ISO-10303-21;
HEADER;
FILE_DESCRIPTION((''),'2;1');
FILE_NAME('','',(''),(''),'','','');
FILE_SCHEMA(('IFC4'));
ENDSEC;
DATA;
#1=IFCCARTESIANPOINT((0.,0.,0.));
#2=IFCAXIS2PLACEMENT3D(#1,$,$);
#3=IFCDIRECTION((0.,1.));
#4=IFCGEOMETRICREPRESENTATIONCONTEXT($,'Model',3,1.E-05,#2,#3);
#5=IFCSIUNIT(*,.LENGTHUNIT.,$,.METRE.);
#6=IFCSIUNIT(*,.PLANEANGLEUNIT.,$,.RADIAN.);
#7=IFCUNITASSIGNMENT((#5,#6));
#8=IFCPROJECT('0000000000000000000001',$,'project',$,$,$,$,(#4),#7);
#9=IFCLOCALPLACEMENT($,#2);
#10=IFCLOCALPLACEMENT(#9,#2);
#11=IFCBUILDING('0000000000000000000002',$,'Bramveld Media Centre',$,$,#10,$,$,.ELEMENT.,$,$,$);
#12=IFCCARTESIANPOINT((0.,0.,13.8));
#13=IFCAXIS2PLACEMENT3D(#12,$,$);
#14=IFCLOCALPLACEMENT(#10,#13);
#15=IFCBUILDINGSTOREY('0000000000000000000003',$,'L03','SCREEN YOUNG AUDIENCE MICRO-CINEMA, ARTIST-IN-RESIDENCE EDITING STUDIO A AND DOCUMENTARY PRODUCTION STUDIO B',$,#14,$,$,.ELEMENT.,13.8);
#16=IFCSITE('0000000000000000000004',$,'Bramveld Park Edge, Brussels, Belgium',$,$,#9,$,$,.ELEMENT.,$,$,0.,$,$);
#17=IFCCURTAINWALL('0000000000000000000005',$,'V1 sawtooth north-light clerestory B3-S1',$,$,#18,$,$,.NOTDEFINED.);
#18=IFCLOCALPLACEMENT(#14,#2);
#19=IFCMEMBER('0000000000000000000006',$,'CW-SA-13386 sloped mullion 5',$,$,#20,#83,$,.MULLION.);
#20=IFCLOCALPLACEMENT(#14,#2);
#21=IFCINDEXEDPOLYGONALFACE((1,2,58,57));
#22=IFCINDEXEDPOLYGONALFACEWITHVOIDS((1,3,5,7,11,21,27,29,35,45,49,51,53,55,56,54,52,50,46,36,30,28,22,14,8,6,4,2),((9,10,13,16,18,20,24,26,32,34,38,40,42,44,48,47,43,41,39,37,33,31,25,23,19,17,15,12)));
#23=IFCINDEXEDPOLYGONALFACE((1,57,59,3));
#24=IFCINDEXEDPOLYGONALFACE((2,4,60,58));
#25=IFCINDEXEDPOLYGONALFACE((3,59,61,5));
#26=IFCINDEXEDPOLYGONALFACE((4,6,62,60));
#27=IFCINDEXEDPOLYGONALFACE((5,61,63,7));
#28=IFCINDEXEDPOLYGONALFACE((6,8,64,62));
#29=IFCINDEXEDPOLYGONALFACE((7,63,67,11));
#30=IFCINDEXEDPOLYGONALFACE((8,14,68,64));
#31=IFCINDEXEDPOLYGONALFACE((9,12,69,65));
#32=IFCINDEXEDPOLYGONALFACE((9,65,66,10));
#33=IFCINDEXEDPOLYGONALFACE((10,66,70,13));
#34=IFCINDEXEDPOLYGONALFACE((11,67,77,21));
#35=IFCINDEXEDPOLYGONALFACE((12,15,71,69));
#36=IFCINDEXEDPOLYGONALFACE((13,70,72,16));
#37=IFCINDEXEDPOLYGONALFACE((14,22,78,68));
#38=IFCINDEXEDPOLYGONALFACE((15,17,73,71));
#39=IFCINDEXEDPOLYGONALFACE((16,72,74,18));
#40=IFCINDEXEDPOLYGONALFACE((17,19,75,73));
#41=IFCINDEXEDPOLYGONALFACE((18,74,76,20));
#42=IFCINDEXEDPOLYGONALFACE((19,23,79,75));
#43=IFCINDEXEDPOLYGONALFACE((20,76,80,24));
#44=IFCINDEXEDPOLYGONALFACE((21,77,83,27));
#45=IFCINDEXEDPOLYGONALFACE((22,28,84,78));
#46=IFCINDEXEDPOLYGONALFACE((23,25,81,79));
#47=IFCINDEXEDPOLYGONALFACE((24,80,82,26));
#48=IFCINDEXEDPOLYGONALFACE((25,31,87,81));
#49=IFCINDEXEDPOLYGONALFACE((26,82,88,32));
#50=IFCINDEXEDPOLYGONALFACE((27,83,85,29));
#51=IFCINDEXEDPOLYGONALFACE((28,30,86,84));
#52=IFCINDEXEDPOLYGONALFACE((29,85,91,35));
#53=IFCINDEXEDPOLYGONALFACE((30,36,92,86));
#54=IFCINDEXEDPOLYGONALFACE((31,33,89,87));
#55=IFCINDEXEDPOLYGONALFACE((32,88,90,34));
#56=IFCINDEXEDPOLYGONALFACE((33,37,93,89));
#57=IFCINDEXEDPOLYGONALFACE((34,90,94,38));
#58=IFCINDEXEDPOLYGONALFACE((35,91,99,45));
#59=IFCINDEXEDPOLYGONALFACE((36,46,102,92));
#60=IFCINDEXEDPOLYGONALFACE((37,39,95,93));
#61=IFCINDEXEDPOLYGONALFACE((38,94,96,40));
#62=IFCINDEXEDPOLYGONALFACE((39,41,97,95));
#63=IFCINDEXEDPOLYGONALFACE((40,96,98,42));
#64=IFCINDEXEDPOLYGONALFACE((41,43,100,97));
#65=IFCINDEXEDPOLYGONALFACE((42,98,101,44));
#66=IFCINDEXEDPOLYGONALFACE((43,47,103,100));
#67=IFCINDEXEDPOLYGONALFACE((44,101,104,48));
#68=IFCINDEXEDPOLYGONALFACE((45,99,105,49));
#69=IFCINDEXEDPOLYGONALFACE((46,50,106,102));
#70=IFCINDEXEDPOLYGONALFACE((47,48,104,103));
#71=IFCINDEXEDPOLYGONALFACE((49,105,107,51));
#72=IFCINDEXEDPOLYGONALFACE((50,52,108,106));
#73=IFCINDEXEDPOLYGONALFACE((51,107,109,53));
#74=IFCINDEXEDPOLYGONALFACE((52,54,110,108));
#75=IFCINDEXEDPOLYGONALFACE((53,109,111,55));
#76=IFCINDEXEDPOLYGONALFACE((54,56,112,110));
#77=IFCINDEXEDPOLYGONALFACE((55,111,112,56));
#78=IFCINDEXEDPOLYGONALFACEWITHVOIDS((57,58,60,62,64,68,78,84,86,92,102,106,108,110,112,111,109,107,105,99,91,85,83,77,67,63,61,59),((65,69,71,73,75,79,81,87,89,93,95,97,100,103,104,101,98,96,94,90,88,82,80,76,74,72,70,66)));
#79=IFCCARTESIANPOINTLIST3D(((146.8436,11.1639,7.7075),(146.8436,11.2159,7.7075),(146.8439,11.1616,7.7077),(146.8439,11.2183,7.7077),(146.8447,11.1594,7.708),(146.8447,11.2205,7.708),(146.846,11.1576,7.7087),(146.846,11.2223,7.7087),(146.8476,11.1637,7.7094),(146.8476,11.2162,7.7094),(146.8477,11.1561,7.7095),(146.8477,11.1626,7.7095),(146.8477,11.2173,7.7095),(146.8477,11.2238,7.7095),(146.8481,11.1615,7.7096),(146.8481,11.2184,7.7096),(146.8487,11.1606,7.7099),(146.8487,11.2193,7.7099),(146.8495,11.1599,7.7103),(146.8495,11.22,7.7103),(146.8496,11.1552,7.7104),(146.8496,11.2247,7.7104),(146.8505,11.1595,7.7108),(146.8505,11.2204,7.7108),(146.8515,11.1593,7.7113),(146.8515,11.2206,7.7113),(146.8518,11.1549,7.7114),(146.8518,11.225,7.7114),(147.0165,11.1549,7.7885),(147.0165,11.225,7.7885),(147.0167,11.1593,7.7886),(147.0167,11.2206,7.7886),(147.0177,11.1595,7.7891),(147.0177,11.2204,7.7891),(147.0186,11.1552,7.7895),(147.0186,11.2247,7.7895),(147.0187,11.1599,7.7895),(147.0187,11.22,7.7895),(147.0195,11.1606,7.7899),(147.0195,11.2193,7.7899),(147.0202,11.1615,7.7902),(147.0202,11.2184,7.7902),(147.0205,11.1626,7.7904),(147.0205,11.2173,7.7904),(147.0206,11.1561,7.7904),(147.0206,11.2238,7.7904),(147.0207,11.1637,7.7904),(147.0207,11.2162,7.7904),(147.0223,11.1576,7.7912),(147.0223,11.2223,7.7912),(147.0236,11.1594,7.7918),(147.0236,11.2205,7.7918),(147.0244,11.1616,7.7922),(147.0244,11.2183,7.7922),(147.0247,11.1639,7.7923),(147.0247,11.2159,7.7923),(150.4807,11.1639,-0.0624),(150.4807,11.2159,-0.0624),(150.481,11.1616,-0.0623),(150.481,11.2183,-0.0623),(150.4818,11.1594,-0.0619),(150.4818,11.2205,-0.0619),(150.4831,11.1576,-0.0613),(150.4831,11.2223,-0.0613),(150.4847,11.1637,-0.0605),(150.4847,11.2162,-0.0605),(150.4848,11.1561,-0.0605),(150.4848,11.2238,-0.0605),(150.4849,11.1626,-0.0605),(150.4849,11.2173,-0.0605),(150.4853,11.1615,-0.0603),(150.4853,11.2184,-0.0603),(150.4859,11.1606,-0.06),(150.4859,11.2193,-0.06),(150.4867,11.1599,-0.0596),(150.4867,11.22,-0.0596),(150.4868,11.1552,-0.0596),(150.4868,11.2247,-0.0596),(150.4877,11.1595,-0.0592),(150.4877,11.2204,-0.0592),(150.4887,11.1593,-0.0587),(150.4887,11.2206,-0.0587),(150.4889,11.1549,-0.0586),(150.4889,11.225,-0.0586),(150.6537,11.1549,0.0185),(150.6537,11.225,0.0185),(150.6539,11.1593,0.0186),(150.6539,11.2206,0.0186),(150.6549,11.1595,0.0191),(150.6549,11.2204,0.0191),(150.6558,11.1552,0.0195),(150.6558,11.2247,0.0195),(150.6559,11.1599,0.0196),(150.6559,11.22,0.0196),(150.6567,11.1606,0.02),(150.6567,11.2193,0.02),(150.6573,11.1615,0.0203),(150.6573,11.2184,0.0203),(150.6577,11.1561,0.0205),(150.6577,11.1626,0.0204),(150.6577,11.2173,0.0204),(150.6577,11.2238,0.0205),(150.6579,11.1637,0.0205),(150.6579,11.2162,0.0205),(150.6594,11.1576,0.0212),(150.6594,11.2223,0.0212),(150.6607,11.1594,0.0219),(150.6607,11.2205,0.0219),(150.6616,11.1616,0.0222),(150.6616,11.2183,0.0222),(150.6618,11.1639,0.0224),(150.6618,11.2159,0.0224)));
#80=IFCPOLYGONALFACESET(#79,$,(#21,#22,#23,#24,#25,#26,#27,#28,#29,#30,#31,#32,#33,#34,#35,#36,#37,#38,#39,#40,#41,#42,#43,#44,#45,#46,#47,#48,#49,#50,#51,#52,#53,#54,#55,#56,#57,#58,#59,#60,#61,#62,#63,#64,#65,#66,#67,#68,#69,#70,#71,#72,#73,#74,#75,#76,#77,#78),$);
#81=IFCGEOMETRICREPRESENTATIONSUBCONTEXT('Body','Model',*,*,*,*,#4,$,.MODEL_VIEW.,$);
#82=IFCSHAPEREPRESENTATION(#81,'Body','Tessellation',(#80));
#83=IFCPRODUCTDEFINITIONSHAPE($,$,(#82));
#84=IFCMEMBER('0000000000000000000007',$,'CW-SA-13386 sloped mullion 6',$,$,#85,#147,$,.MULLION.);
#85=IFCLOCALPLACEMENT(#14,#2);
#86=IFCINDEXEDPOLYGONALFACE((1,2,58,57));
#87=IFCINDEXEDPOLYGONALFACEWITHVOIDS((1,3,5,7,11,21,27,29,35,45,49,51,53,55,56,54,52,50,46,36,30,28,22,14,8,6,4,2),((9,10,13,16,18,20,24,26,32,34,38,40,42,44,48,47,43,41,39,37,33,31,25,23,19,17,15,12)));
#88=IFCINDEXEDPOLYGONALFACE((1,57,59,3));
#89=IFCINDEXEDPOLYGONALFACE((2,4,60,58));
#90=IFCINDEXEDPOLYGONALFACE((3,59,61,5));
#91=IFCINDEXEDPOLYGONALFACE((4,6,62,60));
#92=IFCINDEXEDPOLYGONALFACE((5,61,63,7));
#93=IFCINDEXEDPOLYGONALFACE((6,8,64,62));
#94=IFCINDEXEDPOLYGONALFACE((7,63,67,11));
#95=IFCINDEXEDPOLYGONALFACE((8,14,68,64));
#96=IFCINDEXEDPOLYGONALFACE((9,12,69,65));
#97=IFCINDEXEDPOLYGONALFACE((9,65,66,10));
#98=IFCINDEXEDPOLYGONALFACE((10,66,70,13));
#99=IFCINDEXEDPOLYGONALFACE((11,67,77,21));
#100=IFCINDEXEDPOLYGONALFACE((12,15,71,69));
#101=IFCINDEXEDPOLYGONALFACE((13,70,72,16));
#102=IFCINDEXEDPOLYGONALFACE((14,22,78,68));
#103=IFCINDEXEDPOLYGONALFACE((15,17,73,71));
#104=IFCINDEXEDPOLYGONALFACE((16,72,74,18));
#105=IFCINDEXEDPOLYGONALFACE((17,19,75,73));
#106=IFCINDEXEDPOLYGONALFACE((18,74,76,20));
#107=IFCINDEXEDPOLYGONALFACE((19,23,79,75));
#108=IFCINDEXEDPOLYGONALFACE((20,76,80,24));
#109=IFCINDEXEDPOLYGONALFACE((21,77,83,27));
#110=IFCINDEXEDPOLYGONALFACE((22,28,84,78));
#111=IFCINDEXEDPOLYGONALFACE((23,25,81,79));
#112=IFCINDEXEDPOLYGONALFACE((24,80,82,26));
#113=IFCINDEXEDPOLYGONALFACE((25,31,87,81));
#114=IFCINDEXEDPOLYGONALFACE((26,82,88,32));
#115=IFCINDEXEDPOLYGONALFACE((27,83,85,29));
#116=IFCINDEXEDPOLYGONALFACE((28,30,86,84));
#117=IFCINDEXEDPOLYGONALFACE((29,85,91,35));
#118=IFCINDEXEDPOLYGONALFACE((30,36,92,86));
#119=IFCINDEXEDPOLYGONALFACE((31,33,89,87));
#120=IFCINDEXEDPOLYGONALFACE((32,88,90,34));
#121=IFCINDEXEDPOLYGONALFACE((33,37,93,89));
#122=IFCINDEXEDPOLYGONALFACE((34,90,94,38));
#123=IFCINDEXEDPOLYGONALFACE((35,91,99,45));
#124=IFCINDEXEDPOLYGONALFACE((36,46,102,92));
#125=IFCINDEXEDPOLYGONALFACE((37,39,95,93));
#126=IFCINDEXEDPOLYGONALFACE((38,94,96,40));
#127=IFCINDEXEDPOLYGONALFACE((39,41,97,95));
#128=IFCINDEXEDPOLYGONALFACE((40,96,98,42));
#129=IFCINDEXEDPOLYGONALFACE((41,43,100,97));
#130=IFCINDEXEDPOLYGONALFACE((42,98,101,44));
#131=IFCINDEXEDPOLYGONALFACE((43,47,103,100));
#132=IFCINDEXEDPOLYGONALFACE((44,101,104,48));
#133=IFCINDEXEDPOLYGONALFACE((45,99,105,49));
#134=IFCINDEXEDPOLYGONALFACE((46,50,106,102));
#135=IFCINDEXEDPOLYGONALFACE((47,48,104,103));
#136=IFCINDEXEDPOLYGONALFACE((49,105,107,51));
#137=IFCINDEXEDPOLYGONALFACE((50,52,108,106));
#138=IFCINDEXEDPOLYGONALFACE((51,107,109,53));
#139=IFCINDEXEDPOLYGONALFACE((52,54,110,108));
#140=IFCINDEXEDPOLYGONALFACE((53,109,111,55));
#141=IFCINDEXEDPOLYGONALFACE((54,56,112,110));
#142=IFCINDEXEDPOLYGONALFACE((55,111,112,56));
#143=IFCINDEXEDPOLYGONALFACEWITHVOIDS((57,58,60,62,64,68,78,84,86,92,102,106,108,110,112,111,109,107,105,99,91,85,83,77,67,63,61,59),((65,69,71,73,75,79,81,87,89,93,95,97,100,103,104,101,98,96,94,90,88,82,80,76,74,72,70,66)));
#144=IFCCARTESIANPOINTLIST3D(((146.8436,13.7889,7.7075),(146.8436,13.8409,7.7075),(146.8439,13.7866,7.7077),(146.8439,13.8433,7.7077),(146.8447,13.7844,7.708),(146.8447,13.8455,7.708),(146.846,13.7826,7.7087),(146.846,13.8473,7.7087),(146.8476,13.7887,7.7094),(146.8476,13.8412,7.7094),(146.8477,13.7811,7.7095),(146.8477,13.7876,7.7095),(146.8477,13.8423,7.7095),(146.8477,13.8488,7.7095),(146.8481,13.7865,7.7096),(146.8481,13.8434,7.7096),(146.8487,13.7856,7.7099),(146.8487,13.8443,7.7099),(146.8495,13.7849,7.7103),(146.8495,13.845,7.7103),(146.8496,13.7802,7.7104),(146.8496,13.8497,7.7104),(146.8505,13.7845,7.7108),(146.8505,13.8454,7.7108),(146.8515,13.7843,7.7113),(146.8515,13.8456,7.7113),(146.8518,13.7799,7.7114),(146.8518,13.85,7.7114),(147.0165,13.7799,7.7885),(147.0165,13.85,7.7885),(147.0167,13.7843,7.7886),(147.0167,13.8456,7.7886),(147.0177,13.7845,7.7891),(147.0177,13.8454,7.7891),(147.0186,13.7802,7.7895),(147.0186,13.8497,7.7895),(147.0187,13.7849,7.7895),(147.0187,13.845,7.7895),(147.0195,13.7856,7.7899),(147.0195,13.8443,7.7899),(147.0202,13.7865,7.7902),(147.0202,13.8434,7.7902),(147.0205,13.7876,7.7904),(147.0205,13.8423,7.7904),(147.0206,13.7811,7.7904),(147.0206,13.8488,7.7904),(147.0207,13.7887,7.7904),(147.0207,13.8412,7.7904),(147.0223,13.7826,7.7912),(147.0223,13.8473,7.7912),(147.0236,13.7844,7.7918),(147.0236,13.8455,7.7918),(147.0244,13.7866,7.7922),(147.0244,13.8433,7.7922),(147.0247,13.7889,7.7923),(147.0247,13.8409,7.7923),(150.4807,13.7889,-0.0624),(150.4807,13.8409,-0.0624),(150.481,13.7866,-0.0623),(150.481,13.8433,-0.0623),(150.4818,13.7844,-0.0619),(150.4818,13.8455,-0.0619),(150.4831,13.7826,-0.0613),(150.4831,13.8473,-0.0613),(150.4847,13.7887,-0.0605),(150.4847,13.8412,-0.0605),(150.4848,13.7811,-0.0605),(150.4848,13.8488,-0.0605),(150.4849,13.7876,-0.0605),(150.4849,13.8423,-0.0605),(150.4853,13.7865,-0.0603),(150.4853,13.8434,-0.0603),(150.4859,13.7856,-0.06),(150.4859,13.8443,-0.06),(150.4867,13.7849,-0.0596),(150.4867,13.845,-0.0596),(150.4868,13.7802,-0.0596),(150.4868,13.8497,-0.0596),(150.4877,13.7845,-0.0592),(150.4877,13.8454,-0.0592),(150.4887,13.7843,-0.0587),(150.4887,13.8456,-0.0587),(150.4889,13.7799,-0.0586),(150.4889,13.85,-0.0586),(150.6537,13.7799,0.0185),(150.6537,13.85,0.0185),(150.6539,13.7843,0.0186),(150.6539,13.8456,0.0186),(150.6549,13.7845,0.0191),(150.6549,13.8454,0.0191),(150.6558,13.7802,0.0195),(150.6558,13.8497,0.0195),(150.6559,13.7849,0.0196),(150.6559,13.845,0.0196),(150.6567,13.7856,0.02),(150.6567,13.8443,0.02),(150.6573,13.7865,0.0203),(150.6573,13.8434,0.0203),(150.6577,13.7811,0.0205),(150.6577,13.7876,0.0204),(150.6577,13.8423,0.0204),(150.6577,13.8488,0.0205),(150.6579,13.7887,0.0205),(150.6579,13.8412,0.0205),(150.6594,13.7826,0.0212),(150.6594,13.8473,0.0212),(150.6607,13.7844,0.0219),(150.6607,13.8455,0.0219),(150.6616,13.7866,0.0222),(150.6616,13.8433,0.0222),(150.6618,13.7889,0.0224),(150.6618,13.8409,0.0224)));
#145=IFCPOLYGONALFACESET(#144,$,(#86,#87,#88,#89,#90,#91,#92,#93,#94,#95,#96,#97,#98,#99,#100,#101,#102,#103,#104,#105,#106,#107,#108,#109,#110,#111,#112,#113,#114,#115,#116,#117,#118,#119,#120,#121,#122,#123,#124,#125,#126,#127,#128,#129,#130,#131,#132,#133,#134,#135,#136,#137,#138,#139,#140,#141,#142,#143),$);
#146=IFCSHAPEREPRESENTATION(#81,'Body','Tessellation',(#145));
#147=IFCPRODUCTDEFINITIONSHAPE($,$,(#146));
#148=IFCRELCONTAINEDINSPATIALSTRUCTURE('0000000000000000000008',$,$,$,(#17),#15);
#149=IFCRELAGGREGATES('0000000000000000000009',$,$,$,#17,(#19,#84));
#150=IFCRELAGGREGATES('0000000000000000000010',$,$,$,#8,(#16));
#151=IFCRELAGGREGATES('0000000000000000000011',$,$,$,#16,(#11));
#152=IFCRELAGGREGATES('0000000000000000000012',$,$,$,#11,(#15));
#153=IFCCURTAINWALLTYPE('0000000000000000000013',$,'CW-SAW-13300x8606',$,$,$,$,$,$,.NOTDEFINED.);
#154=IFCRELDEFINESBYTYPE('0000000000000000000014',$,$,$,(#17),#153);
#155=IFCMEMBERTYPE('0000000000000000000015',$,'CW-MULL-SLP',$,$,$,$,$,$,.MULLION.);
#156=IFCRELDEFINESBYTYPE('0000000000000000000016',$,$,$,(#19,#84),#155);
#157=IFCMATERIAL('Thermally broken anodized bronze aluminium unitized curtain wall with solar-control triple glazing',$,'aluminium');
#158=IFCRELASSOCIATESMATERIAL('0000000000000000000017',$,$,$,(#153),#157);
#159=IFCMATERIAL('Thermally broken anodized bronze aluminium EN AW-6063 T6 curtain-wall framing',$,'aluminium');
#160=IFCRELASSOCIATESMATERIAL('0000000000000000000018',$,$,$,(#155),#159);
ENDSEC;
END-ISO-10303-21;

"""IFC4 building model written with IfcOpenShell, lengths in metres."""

from ifc_helpers import new_model, si_unit, direction, frame, origin, origin_2d, place, context, subcontext, project, spatial, hollow_rectangle, extrude, material, material_profile, profile_set, type_object, element, aggregate, save


model = new_model("IFC4")

# Units and contexts
model_context = context("Model", 3, precision=1e-05, world=origin(), true_north=direction((0.0, 1.0)))
body_context = subcontext(model_context, "Body", "Model", "MODEL_VIEW")
ifc_project = project(units=[si_unit("LENGTHUNIT", "METRE"), si_unit("PLANEANGLEUNIT", "RADIAN")], contexts=[model_context])

# Site, building, storey
site_placement = place(None, origin())
site = spatial("IfcSite", under=ifc_project, at=site_placement, Name="Bramveld Park Edge, Brussels, Belgium", CompositionType="ELEMENT", RefElevation=0.0)
building_placement = place(site_placement, origin())
building = spatial("IfcBuilding", under=site, at=building_placement, Name="Bramveld Media Centre", CompositionType="ELEMENT")
storey_placement = place(building_placement, frame((0.0, 0.0, 13.8)))
storey = spatial("IfcBuildingStorey", under=building, at=storey_placement, Name="L03", Description="SCREEN YOUNG AUDIENCE MICRO-CINEMA, ARTIST-IN-RESIDENCE EDITING STUDIO A AND DOCUMENTARY PRODUCTION STUDIO B", CompositionType="ELEMENT", Elevation=13.8)

# Curtain wall, members
ifc_material_1 = material(Name="Thermally broken anodized bronze aluminium unitized curtain wall with solar-control triple glazing", Category="aluminium")
curtain_wall_type = type_object("IfcCurtainWallType", Name="CW-SAW-13300x8606", PredefinedType="NOTDEFINED", material=ifc_material_1)
ifc_material_2 = material(Name="Thermally broken anodized bronze aluminium EN AW-6063 T6 curtain-wall framing", Category="aluminium")
ifc_material_profile_1 = material_profile(ifc_material_2, hollow_rectangle(XDim=0.0701, YDim=0.2, WallThickness=0.0044, InnerFilletRadius=0.0044, OuterFilletRadius=0.009, at=origin_2d()), Name="AL-MULL 70x200")
ifc_profile_set_1 = profile_set([ifc_material_profile_1], Name="Thermally broken anodized bronze aluminium EN AW-6063 T6 curtain-wall framing")
member_type_1 = type_object("IfcMemberType", Name="CW-MULL-SLP", PredefinedType="MULLION", material=ifc_profile_set_1)
curtain_wall_1_placement = place(storey_placement, origin())
curtain_wall_1 = element("IfcCurtainWall", 1, at=curtain_wall_1_placement, inside=storey, type_object=curtain_wall_type, Name="V1 sawtooth north-light clerestory B3-S1", PredefinedType="NOTDEFINED")
member_1_placement = place(storey_placement, frame((150.5713, 11.1899, -0.02), z_axis=(-0.423957, 0.0, 0.905682), x_axis=(0.0, -1.0, 0.0)))
member_1 = element("IfcMember", 2, at=member_1_placement, type_object=member_type_1, Name="CW-SA-13386 sloped mullion 5", PredefinedType="MULLION", context=body_context, shape_type="SweptSolid", body=[
    extrude(hollow_rectangle(XDim=0.0701, YDim=0.2, WallThickness=0.0044, InnerFilletRadius=0.0044, OuterFilletRadius=0.009, at=origin_2d()), origin(), (0.0, 0.0, 1.0), 8.5791),
])
member_2_placement = place(storey_placement, frame((150.5713, 13.8149, -0.02), z_axis=(-0.423957, 0.0, 0.905682), x_axis=(0.0, -1.0, 0.0)))
member_2 = element("IfcMember", 3, at=member_2_placement, type_object=member_type_1, Name="CW-SA-13386 sloped mullion 6", PredefinedType="MULLION", context=body_context, shape_type="SweptSolid", body=[
    extrude(hollow_rectangle(XDim=0.0701, YDim=0.2, WallThickness=0.0044, InnerFilletRadius=0.0044, OuterFilletRadius=0.009, at=origin_2d()), origin(), (0.0, 0.0, 1.0), 8.5791),
])

aggregate(curtain_wall_1, [member_1, member_2])

save(model, "model.ifc")
